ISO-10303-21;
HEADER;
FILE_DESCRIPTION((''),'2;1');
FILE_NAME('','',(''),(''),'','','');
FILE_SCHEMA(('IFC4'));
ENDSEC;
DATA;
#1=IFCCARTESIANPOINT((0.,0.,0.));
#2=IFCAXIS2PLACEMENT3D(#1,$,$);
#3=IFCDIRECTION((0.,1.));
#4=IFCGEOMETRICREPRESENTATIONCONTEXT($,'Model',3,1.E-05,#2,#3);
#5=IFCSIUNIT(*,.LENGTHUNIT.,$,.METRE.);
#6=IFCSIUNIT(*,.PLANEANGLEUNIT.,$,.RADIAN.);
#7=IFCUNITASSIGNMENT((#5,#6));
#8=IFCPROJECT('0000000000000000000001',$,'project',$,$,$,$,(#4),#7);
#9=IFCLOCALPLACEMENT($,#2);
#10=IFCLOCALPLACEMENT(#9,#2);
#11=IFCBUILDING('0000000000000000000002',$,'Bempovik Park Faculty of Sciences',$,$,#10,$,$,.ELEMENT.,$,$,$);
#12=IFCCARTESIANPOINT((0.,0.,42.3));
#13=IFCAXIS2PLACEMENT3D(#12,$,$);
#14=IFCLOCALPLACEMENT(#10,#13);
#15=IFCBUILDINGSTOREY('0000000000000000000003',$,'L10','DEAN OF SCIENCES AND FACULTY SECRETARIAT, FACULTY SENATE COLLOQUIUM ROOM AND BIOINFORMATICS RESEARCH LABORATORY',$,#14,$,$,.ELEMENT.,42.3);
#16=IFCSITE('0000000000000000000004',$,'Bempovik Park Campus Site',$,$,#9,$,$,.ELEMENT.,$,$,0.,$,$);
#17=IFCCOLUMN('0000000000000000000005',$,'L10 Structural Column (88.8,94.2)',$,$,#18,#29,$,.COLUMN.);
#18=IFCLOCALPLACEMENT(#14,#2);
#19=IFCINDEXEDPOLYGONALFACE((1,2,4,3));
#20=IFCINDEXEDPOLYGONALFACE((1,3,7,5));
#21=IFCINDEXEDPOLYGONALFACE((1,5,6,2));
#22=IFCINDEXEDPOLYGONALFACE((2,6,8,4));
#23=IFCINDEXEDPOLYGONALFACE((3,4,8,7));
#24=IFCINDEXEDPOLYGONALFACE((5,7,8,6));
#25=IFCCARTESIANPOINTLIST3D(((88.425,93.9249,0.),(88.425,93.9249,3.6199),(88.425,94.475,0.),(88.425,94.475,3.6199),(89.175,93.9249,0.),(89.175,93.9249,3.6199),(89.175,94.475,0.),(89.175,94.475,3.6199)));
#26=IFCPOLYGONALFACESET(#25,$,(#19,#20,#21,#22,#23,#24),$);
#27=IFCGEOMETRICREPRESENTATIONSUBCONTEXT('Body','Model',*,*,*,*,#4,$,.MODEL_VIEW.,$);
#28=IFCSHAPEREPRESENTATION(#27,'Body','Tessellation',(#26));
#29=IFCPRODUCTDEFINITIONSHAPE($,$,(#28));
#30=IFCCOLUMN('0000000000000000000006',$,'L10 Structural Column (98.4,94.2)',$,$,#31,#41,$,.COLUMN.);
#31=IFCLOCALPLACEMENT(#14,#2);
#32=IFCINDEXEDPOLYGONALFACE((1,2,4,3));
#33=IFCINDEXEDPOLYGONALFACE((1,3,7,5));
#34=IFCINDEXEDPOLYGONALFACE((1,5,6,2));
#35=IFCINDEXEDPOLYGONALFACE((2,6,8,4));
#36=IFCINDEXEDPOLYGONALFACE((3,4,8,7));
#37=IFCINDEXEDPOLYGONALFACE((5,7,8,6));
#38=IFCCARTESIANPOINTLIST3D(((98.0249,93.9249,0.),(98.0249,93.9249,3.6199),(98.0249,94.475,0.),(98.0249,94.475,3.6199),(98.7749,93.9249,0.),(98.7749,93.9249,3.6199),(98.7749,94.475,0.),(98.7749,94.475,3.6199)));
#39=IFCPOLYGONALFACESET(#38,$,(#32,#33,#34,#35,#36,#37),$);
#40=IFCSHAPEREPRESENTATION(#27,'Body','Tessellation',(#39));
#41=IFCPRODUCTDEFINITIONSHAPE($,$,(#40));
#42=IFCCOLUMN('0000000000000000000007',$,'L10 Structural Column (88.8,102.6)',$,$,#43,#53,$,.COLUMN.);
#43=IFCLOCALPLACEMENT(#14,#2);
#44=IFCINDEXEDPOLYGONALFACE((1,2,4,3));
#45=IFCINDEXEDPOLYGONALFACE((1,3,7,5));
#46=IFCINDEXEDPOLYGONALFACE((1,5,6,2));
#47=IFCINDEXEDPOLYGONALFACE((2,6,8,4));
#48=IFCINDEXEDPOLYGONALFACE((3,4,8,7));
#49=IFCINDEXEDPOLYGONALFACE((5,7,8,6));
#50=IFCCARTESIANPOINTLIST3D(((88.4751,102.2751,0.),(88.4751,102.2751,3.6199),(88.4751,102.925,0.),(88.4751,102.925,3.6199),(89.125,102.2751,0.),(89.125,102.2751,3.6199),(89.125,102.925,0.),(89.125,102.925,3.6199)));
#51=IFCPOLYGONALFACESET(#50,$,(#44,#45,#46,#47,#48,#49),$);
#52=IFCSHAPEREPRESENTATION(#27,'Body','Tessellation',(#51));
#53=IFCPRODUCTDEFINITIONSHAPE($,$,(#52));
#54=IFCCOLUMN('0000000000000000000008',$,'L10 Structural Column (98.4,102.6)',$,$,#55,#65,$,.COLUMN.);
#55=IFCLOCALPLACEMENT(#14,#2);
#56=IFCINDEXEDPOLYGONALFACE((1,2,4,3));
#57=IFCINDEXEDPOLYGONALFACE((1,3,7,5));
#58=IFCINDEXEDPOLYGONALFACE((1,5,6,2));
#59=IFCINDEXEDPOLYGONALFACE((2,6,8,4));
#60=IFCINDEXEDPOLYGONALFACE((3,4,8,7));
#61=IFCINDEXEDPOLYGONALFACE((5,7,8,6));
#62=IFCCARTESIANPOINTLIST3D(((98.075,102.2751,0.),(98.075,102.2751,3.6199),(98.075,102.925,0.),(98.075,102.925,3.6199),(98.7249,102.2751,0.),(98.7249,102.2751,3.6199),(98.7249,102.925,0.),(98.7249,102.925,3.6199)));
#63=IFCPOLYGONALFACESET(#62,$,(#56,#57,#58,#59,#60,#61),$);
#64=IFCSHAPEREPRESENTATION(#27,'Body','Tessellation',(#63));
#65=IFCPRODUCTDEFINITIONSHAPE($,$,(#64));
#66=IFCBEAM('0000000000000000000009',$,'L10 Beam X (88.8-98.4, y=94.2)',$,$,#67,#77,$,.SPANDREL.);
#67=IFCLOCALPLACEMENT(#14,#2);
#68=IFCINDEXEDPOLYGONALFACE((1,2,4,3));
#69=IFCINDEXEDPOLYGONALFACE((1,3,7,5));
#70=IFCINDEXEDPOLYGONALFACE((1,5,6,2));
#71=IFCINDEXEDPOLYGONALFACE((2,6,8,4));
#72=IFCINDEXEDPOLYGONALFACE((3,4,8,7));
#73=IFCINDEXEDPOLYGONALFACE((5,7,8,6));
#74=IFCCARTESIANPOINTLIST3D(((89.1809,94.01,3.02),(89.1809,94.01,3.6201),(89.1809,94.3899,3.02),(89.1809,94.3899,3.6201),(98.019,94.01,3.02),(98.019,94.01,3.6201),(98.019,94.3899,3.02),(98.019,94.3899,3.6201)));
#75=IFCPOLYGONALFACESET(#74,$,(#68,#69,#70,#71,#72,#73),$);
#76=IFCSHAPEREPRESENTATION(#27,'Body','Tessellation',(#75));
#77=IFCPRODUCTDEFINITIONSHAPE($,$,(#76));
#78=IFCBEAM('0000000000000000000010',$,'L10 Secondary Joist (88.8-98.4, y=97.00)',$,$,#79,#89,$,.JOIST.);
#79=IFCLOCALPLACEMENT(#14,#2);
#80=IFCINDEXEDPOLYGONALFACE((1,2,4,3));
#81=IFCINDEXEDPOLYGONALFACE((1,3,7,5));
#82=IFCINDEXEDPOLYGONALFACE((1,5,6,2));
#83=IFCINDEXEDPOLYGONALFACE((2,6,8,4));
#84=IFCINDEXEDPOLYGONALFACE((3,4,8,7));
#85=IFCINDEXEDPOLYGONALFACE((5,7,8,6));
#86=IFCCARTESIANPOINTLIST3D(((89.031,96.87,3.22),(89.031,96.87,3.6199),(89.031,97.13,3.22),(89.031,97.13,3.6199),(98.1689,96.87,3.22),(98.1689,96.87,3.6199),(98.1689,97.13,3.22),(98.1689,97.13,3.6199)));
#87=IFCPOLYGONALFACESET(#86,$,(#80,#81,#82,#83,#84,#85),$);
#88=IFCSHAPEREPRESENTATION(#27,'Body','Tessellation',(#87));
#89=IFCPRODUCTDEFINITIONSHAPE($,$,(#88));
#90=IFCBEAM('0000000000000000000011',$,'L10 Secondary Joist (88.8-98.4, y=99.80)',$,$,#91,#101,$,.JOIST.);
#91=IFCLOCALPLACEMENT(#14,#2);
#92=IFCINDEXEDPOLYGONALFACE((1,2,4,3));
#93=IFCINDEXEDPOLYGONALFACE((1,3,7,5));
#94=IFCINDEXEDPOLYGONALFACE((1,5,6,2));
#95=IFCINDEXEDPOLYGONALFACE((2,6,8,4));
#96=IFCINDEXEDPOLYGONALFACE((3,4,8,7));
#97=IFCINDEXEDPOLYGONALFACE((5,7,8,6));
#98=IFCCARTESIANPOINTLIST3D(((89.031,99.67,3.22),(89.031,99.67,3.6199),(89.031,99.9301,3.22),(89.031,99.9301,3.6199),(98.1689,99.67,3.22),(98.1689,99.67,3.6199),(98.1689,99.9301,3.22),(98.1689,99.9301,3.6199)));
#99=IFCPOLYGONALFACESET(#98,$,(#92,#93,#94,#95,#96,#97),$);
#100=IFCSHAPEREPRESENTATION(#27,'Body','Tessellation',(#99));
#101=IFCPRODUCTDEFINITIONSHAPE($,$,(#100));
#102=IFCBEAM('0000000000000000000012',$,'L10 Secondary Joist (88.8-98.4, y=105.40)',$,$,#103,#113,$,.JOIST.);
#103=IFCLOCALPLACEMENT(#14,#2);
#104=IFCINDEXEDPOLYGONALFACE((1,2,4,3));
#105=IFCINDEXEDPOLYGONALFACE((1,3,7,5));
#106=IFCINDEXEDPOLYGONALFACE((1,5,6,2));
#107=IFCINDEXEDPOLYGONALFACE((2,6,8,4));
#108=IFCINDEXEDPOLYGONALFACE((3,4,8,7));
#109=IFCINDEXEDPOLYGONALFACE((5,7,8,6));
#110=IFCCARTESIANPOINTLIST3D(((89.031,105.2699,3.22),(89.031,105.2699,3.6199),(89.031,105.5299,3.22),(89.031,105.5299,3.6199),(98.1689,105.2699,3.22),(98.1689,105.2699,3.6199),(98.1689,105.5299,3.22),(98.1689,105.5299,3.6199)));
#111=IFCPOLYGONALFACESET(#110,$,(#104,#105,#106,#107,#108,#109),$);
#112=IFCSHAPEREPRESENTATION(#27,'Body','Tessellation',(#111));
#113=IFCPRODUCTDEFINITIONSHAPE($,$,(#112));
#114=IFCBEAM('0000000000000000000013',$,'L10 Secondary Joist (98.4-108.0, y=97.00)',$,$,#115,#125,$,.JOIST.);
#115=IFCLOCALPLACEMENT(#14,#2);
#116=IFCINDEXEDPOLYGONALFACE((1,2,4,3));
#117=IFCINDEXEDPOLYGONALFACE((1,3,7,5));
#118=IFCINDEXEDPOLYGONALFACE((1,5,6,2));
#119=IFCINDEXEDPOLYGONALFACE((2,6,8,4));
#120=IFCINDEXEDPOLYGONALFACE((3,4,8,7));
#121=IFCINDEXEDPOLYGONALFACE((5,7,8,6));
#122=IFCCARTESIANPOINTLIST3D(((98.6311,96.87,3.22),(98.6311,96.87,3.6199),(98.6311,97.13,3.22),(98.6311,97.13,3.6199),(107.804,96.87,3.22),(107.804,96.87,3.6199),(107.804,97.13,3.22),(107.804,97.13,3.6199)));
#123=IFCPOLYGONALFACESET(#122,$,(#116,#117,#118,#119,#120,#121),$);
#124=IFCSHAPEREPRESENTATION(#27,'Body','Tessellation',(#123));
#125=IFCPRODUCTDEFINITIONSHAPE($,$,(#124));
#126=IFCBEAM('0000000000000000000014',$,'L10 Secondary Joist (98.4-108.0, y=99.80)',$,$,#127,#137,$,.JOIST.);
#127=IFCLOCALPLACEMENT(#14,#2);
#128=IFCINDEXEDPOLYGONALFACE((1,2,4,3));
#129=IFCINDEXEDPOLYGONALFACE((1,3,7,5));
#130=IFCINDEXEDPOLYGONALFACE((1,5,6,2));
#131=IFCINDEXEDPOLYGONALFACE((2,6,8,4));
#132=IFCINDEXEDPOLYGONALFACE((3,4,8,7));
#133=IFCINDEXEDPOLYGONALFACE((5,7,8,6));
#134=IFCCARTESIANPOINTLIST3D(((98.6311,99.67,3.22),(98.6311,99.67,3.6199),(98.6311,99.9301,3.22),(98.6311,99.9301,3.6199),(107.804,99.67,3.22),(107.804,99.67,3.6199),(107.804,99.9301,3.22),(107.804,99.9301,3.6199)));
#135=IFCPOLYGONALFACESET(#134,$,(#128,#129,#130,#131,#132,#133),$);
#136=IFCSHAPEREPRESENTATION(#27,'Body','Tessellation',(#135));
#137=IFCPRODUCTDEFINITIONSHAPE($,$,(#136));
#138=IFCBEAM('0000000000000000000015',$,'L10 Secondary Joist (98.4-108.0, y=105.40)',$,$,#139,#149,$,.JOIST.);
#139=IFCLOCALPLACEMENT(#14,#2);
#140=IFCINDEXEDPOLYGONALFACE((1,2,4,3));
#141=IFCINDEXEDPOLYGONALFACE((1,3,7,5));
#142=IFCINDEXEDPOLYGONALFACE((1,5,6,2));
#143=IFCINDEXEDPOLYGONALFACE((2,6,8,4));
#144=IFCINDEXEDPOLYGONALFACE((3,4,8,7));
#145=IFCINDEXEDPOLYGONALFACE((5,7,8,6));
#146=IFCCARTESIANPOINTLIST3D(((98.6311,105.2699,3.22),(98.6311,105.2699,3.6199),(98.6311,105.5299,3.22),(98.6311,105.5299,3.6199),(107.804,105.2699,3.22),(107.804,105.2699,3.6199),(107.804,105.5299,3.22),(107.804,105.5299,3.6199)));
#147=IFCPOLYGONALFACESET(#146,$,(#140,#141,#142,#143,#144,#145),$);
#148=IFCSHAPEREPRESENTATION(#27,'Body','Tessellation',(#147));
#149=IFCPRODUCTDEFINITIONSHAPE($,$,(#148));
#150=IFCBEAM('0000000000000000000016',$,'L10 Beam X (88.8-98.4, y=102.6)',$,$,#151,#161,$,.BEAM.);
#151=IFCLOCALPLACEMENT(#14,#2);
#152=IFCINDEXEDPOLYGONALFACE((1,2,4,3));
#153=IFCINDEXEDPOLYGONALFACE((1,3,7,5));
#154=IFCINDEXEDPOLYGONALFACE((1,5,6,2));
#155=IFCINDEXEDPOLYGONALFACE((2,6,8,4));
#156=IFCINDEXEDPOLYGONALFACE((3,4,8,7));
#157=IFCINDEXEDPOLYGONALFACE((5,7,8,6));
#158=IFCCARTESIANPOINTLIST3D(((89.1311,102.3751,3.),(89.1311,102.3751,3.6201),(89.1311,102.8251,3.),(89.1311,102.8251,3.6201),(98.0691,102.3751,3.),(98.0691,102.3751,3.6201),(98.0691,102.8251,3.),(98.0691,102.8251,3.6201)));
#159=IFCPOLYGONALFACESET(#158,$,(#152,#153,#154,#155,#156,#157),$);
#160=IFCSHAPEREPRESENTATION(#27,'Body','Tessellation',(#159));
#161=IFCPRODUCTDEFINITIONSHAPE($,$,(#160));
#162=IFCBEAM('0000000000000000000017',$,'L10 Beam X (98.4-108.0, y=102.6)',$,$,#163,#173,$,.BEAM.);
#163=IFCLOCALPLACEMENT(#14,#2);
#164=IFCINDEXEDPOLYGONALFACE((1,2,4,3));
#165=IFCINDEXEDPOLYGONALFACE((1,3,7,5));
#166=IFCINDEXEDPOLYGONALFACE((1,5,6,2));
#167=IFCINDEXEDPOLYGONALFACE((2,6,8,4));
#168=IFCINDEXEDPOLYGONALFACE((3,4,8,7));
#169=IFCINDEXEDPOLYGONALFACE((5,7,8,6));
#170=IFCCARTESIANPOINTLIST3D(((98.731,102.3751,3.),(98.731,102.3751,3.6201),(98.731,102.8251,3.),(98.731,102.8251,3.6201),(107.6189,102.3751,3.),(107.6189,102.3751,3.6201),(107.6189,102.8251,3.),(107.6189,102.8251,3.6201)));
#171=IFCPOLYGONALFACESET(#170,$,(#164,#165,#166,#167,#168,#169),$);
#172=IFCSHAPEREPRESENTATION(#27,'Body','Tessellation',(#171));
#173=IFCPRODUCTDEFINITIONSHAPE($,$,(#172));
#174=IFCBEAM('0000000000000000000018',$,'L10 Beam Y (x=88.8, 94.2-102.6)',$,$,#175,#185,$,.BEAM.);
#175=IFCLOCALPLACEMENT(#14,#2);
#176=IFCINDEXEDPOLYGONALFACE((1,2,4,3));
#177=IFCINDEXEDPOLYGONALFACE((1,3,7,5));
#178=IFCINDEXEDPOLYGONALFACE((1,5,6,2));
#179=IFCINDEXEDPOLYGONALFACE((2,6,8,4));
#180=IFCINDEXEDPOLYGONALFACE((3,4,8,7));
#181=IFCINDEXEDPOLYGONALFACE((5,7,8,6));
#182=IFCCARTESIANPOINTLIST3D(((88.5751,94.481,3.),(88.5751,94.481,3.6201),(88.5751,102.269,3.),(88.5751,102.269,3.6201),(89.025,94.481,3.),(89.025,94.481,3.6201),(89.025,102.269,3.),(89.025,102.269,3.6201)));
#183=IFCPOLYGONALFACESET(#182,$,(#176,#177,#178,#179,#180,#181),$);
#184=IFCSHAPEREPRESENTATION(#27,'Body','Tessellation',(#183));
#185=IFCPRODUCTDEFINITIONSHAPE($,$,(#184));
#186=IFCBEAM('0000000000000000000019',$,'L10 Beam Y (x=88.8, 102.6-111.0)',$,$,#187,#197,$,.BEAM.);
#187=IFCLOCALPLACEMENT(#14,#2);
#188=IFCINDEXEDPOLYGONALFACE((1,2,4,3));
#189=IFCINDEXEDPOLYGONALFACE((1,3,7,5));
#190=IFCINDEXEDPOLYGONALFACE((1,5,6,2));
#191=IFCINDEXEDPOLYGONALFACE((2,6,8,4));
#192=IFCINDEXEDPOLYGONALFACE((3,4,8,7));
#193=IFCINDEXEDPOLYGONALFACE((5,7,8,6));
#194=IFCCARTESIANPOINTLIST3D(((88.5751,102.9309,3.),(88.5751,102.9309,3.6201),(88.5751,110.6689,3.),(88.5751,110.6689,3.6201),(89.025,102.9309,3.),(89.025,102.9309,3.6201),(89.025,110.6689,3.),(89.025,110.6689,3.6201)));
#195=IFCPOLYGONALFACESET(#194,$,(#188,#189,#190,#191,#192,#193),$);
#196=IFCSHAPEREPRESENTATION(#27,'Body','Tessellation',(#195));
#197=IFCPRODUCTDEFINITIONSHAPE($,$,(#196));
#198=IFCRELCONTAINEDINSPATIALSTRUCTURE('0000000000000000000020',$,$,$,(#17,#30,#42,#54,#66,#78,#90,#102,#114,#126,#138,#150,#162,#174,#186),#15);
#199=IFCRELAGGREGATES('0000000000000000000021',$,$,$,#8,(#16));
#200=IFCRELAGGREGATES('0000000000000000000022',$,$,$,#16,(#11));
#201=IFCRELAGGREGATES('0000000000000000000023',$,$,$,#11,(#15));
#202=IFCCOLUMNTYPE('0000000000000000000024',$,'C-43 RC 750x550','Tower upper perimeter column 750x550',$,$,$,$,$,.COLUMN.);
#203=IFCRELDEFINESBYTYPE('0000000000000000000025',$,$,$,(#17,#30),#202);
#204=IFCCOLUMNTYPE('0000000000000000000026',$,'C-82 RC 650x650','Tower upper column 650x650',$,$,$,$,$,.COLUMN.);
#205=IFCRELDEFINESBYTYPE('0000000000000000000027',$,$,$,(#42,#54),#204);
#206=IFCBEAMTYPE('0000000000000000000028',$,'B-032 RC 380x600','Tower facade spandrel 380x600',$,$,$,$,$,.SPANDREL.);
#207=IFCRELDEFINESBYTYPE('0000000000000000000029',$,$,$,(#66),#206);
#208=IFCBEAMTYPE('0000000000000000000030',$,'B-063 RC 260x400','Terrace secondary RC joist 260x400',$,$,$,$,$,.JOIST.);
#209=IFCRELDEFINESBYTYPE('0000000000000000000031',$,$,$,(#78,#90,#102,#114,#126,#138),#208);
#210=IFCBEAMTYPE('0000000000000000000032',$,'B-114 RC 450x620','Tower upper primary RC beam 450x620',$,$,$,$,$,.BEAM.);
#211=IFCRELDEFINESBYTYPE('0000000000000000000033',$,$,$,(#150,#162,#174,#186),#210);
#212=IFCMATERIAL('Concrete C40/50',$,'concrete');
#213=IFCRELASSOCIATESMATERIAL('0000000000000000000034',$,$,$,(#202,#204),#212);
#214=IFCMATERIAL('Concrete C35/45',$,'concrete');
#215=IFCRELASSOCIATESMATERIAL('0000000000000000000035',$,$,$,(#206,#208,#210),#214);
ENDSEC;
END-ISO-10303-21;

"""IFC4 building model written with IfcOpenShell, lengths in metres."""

from ifc_helpers import new_model, si_unit, direction, frame, origin, origin_2d, place, context, subcontext, project, spatial, rectangle, extrude, material, material_profile, profile_set, type_object, element, save


model = new_model("IFC4")

# Units and contexts
model_context = context("Model", 3, precision=1e-05, world=origin(), true_north=direction((0.0, 1.0)))
body_context = subcontext(model_context, "Body", "Model", "MODEL_VIEW")
ifc_project = project(units=[si_unit("LENGTHUNIT", "METRE"), si_unit("PLANEANGLEUNIT", "RADIAN")], contexts=[model_context])

# Site, building, storey
site_placement = place(None, origin())
site = spatial("IfcSite", under=ifc_project, at=site_placement, Name="Bempovik Park Campus Site", CompositionType="ELEMENT", RefElevation=0.0)
building_placement = place(site_placement, origin())
building = spatial("IfcBuilding", under=site, at=building_placement, Name="Bempovik Park Faculty of Sciences", CompositionType="ELEMENT")
storey_placement = place(building_placement, frame((0.0, 0.0, 42.3)))
storey = spatial("IfcBuildingStorey", under=building, at=storey_placement, Name="L10", Description="DEAN OF SCIENCES AND FACULTY SECRETARIAT, FACULTY SENATE COLLOQUIUM ROOM AND BIOINFORMATICS RESEARCH LABORATORY", CompositionType="ELEMENT", Elevation=42.3)

# Columns
ifc_material_1 = material(Name="Concrete C40/50", Category="concrete")
ifc_material_profile_1 = material_profile(ifc_material_1, rectangle(XDim=0.75, YDim=0.55, at=origin_2d()), Name="RC 750x550")
ifc_profile_set_1 = profile_set([ifc_material_profile_1], Name="Concrete C40/50")
column_type_1 = type_object("IfcColumnType", Name="C-43 RC 750x550", Description="Tower upper perimeter column 750x550", PredefinedType="COLUMN", material=ifc_profile_set_1)
for number, where, z_axis, x_axis, name in (
    (1, (88.8, 94.2, 0.0), (0.0, 0.0, 1.0), (1.0, 0.0, 0.0), "L10 Structural Column (88.8,94.2)"),
    (2, (98.3999, 94.2, 0.0), (0.0, 0.0, 1.0), (1.0, 0.0, 0.0), "L10 Structural Column (98.4,94.2)"),
):
    element("IfcColumn", number, at=place(storey_placement, frame(where, z_axis=z_axis, x_axis=x_axis)), inside=storey, type_object=column_type_1, Name=name, PredefinedType="COLUMN", context=body_context, shape_type="SweptSolid", body=[
        extrude(rectangle(XDim=0.75, YDim=0.55, at=origin_2d()), origin(), (0.0, 0.0, 1.0), 3.6199),
    ])
ifc_material_profile_2 = material_profile(ifc_material_1, rectangle(XDim=0.6499, YDim=0.6499, at=origin_2d()), Name="RC 650x650")
ifc_profile_set_2 = profile_set([ifc_material_profile_2], Name="Concrete C40/50")
column_type_2 = type_object("IfcColumnType", Name="C-82 RC 650x650", Description="Tower upper column 650x650", PredefinedType="COLUMN", material=ifc_profile_set_2)
for number, where, z_axis, x_axis, name in (
    (3, (88.8, 102.6001, 0.0), (0.0, 0.0, 1.0), (1.0, 0.0, 0.0), "L10 Structural Column (88.8,102.6)"),
    (4, (98.3999, 102.6001, 0.0), (0.0, 0.0, 1.0), (1.0, 0.0, 0.0), "L10 Structural Column (98.4,102.6)"),
):
    element("IfcColumn", number, at=place(storey_placement, frame(where, z_axis=z_axis, x_axis=x_axis)), inside=storey, type_object=column_type_2, Name=name, PredefinedType="COLUMN", context=body_context, shape_type="SweptSolid", body=[
        extrude(rectangle(XDim=0.6499, YDim=0.6499, at=origin_2d()), origin(), (0.0, 0.0, 1.0), 3.6199),
    ])

# Beams
ifc_material_2 = material(Name="Concrete C35/45", Category="concrete")
ifc_material_profile_3 = material_profile(ifc_material_2, rectangle(XDim=0.3799, YDim=0.6001, at=origin_2d()), Name="RC 380x600")
ifc_profile_set_3 = profile_set([ifc_material_profile_3], Name="Concrete C35/45")
beam_type_1 = type_object("IfcBeamType", Name="B-032 RC 380x600", Description="Tower facade spandrel 380x600", PredefinedType="SPANDREL", material=ifc_profile_set_3)
beam_1_placement = place(storey_placement, frame((89.1809, 94.2, 3.3201), z_axis=(1.0, 0.0, 0.0), x_axis=(0.0, 1.0, 0.0)))
element("IfcBeam", 5, at=beam_1_placement, inside=storey, type_object=beam_type_1, Name="L10 Beam X (88.8-98.4, y=94.2)", PredefinedType="SPANDREL", context=body_context, shape_type="SweptSolid", body=[
    extrude(rectangle(XDim=0.3799, YDim=0.6001, at=origin_2d()), origin(), (0.0, 0.0, 1.0), 8.8381),
])
ifc_material_profile_4 = material_profile(ifc_material_2, rectangle(XDim=0.26, YDim=0.3999, at=origin_2d()), Name="RC 260x400")
ifc_profile_set_4 = profile_set([ifc_material_profile_4], Name="Concrete C35/45")
beam_type_2 = type_object("IfcBeamType", Name="B-063 RC 260x400", Description="Terrace secondary RC joist 260x400", PredefinedType="JOIST", material=ifc_profile_set_4)
for number, where, z_axis, x_axis, name in (
    (6, (89.031, 97.0, 3.4199), (1.0, 0.0, 0.0), (0.0, 1.0, 0.0), "L10 Secondary Joist (88.8-98.4, y=97.00)"),
    (7, (89.031, 99.8, 3.4199), (1.0, 0.0, 0.0), (0.0, 1.0, 0.0), "L10 Secondary Joist (88.8-98.4, y=99.80)"),
    (8, (89.031, 105.3999, 3.4199), (1.0, 0.0, 0.0), (0.0, 1.0, 0.0), "L10 Secondary Joist (88.8-98.4, y=105.40)"),
):
    element("IfcBeam", number, at=place(storey_placement, frame(where, z_axis=z_axis, x_axis=x_axis)), inside=storey, type_object=beam_type_2, Name=name, PredefinedType="JOIST", context=body_context, shape_type="SweptSolid", body=[
        extrude(rectangle(XDim=0.26, YDim=0.3999, at=origin_2d()), origin(), (0.0, 0.0, 1.0), 9.1379),
    ])
for number, where, z_axis, x_axis, name in (
    (9, (98.6311, 97.0, 3.4199), (1.0, 0.0, 0.0), (0.0, 1.0, 0.0), "L10 Secondary Joist (98.4-108.0, y=97.00)"),
    (10, (98.6311, 99.8, 3.4199), (1.0, 0.0, 0.0), (0.0, 1.0, 0.0), "L10 Secondary Joist (98.4-108.0, y=99.80)"),
    (11, (98.6311, 105.3999, 3.4199), (1.0, 0.0, 0.0), (0.0, 1.0, 0.0), "L10 Secondary Joist (98.4-108.0, y=105.40)"),
):
    element("IfcBeam", number, at=place(storey_placement, frame(where, z_axis=z_axis, x_axis=x_axis)), inside=storey, type_object=beam_type_2, Name=name, PredefinedType="JOIST", context=body_context, shape_type="SweptSolid", body=[
        extrude(rectangle(XDim=0.26, YDim=0.3999, at=origin_2d()), origin(), (0.0, 0.0, 1.0), 9.1729),
    ])
ifc_material_profile_5 = material_profile(ifc_material_2, rectangle(XDim=0.45, YDim=0.6201, at=origin_2d()), Name="RC 450x620")
ifc_profile_set_5 = profile_set([ifc_material_profile_5], Name="Concrete C35/45")
beam_type_3 = type_object("IfcBeamType", Name="B-114 RC 450x620", Description="Tower upper primary RC beam 450x620", PredefinedType="BEAM", material=ifc_profile_set_5)
beam_2_placement = place(storey_placement, frame((89.1311, 102.6001, 3.3101), z_axis=(1.0, 0.0, 0.0), x_axis=(0.0, 1.0, 0.0)))
element("IfcBeam", 12, at=beam_2_placement, inside=storey, type_object=beam_type_3, Name="L10 Beam X (88.8-98.4, y=102.6)", PredefinedType="BEAM", context=body_context, shape_type="SweptSolid", body=[
    extrude(rectangle(XDim=0.45, YDim=0.6201, at=origin_2d()), origin(), (0.0, 0.0, 1.0), 8.938),
])
beam_3_placement = place(storey_placement, frame((98.731, 102.6001, 3.3101), z_axis=(1.0, 0.0, 0.0), x_axis=(0.0, 1.0, 0.0)))
element("IfcBeam", 13, at=beam_3_placement, inside=storey, type_object=beam_type_3, Name="L10 Beam X (98.4-108.0, y=102.6)", PredefinedType="BEAM", context=body_context, shape_type="SweptSolid", body=[
    extrude(rectangle(XDim=0.45, YDim=0.6201, at=origin_2d()), origin(), (0.0, 0.0, 1.0), 8.8879),
])
beam_4_placement = place(storey_placement, frame((88.8, 94.481, 3.3101), z_axis=(0.0, 1.0, 0.0), x_axis=(-1.0, 0.0, 0.0)))
element("IfcBeam", 14, at=beam_4_placement, inside=storey, type_object=beam_type_3, Name="L10 Beam Y (x=88.8, 94.2-102.6)", PredefinedType="BEAM", context=body_context, shape_type="SweptSolid", body=[
    extrude(rectangle(XDim=0.45, YDim=0.6201, at=origin_2d()), origin(), (0.0, 0.0, 1.0), 7.7881),
])
beam_5_placement = place(storey_placement, frame((88.8, 102.9309, 3.3101), z_axis=(0.0, 1.0, 0.0), x_axis=(-1.0, 0.0, 0.0)))
element("IfcBeam", 15, at=beam_5_placement, inside=storey, type_object=beam_type_3, Name="L10 Beam Y (x=88.8, 102.6-111.0)", PredefinedType="BEAM", context=body_context, shape_type="SweptSolid", body=[
    extrude(rectangle(XDim=0.45, YDim=0.6201, at=origin_2d()), origin(), (0.0, 0.0, 1.0), 7.738),
])

save(model, "model.ifc")
